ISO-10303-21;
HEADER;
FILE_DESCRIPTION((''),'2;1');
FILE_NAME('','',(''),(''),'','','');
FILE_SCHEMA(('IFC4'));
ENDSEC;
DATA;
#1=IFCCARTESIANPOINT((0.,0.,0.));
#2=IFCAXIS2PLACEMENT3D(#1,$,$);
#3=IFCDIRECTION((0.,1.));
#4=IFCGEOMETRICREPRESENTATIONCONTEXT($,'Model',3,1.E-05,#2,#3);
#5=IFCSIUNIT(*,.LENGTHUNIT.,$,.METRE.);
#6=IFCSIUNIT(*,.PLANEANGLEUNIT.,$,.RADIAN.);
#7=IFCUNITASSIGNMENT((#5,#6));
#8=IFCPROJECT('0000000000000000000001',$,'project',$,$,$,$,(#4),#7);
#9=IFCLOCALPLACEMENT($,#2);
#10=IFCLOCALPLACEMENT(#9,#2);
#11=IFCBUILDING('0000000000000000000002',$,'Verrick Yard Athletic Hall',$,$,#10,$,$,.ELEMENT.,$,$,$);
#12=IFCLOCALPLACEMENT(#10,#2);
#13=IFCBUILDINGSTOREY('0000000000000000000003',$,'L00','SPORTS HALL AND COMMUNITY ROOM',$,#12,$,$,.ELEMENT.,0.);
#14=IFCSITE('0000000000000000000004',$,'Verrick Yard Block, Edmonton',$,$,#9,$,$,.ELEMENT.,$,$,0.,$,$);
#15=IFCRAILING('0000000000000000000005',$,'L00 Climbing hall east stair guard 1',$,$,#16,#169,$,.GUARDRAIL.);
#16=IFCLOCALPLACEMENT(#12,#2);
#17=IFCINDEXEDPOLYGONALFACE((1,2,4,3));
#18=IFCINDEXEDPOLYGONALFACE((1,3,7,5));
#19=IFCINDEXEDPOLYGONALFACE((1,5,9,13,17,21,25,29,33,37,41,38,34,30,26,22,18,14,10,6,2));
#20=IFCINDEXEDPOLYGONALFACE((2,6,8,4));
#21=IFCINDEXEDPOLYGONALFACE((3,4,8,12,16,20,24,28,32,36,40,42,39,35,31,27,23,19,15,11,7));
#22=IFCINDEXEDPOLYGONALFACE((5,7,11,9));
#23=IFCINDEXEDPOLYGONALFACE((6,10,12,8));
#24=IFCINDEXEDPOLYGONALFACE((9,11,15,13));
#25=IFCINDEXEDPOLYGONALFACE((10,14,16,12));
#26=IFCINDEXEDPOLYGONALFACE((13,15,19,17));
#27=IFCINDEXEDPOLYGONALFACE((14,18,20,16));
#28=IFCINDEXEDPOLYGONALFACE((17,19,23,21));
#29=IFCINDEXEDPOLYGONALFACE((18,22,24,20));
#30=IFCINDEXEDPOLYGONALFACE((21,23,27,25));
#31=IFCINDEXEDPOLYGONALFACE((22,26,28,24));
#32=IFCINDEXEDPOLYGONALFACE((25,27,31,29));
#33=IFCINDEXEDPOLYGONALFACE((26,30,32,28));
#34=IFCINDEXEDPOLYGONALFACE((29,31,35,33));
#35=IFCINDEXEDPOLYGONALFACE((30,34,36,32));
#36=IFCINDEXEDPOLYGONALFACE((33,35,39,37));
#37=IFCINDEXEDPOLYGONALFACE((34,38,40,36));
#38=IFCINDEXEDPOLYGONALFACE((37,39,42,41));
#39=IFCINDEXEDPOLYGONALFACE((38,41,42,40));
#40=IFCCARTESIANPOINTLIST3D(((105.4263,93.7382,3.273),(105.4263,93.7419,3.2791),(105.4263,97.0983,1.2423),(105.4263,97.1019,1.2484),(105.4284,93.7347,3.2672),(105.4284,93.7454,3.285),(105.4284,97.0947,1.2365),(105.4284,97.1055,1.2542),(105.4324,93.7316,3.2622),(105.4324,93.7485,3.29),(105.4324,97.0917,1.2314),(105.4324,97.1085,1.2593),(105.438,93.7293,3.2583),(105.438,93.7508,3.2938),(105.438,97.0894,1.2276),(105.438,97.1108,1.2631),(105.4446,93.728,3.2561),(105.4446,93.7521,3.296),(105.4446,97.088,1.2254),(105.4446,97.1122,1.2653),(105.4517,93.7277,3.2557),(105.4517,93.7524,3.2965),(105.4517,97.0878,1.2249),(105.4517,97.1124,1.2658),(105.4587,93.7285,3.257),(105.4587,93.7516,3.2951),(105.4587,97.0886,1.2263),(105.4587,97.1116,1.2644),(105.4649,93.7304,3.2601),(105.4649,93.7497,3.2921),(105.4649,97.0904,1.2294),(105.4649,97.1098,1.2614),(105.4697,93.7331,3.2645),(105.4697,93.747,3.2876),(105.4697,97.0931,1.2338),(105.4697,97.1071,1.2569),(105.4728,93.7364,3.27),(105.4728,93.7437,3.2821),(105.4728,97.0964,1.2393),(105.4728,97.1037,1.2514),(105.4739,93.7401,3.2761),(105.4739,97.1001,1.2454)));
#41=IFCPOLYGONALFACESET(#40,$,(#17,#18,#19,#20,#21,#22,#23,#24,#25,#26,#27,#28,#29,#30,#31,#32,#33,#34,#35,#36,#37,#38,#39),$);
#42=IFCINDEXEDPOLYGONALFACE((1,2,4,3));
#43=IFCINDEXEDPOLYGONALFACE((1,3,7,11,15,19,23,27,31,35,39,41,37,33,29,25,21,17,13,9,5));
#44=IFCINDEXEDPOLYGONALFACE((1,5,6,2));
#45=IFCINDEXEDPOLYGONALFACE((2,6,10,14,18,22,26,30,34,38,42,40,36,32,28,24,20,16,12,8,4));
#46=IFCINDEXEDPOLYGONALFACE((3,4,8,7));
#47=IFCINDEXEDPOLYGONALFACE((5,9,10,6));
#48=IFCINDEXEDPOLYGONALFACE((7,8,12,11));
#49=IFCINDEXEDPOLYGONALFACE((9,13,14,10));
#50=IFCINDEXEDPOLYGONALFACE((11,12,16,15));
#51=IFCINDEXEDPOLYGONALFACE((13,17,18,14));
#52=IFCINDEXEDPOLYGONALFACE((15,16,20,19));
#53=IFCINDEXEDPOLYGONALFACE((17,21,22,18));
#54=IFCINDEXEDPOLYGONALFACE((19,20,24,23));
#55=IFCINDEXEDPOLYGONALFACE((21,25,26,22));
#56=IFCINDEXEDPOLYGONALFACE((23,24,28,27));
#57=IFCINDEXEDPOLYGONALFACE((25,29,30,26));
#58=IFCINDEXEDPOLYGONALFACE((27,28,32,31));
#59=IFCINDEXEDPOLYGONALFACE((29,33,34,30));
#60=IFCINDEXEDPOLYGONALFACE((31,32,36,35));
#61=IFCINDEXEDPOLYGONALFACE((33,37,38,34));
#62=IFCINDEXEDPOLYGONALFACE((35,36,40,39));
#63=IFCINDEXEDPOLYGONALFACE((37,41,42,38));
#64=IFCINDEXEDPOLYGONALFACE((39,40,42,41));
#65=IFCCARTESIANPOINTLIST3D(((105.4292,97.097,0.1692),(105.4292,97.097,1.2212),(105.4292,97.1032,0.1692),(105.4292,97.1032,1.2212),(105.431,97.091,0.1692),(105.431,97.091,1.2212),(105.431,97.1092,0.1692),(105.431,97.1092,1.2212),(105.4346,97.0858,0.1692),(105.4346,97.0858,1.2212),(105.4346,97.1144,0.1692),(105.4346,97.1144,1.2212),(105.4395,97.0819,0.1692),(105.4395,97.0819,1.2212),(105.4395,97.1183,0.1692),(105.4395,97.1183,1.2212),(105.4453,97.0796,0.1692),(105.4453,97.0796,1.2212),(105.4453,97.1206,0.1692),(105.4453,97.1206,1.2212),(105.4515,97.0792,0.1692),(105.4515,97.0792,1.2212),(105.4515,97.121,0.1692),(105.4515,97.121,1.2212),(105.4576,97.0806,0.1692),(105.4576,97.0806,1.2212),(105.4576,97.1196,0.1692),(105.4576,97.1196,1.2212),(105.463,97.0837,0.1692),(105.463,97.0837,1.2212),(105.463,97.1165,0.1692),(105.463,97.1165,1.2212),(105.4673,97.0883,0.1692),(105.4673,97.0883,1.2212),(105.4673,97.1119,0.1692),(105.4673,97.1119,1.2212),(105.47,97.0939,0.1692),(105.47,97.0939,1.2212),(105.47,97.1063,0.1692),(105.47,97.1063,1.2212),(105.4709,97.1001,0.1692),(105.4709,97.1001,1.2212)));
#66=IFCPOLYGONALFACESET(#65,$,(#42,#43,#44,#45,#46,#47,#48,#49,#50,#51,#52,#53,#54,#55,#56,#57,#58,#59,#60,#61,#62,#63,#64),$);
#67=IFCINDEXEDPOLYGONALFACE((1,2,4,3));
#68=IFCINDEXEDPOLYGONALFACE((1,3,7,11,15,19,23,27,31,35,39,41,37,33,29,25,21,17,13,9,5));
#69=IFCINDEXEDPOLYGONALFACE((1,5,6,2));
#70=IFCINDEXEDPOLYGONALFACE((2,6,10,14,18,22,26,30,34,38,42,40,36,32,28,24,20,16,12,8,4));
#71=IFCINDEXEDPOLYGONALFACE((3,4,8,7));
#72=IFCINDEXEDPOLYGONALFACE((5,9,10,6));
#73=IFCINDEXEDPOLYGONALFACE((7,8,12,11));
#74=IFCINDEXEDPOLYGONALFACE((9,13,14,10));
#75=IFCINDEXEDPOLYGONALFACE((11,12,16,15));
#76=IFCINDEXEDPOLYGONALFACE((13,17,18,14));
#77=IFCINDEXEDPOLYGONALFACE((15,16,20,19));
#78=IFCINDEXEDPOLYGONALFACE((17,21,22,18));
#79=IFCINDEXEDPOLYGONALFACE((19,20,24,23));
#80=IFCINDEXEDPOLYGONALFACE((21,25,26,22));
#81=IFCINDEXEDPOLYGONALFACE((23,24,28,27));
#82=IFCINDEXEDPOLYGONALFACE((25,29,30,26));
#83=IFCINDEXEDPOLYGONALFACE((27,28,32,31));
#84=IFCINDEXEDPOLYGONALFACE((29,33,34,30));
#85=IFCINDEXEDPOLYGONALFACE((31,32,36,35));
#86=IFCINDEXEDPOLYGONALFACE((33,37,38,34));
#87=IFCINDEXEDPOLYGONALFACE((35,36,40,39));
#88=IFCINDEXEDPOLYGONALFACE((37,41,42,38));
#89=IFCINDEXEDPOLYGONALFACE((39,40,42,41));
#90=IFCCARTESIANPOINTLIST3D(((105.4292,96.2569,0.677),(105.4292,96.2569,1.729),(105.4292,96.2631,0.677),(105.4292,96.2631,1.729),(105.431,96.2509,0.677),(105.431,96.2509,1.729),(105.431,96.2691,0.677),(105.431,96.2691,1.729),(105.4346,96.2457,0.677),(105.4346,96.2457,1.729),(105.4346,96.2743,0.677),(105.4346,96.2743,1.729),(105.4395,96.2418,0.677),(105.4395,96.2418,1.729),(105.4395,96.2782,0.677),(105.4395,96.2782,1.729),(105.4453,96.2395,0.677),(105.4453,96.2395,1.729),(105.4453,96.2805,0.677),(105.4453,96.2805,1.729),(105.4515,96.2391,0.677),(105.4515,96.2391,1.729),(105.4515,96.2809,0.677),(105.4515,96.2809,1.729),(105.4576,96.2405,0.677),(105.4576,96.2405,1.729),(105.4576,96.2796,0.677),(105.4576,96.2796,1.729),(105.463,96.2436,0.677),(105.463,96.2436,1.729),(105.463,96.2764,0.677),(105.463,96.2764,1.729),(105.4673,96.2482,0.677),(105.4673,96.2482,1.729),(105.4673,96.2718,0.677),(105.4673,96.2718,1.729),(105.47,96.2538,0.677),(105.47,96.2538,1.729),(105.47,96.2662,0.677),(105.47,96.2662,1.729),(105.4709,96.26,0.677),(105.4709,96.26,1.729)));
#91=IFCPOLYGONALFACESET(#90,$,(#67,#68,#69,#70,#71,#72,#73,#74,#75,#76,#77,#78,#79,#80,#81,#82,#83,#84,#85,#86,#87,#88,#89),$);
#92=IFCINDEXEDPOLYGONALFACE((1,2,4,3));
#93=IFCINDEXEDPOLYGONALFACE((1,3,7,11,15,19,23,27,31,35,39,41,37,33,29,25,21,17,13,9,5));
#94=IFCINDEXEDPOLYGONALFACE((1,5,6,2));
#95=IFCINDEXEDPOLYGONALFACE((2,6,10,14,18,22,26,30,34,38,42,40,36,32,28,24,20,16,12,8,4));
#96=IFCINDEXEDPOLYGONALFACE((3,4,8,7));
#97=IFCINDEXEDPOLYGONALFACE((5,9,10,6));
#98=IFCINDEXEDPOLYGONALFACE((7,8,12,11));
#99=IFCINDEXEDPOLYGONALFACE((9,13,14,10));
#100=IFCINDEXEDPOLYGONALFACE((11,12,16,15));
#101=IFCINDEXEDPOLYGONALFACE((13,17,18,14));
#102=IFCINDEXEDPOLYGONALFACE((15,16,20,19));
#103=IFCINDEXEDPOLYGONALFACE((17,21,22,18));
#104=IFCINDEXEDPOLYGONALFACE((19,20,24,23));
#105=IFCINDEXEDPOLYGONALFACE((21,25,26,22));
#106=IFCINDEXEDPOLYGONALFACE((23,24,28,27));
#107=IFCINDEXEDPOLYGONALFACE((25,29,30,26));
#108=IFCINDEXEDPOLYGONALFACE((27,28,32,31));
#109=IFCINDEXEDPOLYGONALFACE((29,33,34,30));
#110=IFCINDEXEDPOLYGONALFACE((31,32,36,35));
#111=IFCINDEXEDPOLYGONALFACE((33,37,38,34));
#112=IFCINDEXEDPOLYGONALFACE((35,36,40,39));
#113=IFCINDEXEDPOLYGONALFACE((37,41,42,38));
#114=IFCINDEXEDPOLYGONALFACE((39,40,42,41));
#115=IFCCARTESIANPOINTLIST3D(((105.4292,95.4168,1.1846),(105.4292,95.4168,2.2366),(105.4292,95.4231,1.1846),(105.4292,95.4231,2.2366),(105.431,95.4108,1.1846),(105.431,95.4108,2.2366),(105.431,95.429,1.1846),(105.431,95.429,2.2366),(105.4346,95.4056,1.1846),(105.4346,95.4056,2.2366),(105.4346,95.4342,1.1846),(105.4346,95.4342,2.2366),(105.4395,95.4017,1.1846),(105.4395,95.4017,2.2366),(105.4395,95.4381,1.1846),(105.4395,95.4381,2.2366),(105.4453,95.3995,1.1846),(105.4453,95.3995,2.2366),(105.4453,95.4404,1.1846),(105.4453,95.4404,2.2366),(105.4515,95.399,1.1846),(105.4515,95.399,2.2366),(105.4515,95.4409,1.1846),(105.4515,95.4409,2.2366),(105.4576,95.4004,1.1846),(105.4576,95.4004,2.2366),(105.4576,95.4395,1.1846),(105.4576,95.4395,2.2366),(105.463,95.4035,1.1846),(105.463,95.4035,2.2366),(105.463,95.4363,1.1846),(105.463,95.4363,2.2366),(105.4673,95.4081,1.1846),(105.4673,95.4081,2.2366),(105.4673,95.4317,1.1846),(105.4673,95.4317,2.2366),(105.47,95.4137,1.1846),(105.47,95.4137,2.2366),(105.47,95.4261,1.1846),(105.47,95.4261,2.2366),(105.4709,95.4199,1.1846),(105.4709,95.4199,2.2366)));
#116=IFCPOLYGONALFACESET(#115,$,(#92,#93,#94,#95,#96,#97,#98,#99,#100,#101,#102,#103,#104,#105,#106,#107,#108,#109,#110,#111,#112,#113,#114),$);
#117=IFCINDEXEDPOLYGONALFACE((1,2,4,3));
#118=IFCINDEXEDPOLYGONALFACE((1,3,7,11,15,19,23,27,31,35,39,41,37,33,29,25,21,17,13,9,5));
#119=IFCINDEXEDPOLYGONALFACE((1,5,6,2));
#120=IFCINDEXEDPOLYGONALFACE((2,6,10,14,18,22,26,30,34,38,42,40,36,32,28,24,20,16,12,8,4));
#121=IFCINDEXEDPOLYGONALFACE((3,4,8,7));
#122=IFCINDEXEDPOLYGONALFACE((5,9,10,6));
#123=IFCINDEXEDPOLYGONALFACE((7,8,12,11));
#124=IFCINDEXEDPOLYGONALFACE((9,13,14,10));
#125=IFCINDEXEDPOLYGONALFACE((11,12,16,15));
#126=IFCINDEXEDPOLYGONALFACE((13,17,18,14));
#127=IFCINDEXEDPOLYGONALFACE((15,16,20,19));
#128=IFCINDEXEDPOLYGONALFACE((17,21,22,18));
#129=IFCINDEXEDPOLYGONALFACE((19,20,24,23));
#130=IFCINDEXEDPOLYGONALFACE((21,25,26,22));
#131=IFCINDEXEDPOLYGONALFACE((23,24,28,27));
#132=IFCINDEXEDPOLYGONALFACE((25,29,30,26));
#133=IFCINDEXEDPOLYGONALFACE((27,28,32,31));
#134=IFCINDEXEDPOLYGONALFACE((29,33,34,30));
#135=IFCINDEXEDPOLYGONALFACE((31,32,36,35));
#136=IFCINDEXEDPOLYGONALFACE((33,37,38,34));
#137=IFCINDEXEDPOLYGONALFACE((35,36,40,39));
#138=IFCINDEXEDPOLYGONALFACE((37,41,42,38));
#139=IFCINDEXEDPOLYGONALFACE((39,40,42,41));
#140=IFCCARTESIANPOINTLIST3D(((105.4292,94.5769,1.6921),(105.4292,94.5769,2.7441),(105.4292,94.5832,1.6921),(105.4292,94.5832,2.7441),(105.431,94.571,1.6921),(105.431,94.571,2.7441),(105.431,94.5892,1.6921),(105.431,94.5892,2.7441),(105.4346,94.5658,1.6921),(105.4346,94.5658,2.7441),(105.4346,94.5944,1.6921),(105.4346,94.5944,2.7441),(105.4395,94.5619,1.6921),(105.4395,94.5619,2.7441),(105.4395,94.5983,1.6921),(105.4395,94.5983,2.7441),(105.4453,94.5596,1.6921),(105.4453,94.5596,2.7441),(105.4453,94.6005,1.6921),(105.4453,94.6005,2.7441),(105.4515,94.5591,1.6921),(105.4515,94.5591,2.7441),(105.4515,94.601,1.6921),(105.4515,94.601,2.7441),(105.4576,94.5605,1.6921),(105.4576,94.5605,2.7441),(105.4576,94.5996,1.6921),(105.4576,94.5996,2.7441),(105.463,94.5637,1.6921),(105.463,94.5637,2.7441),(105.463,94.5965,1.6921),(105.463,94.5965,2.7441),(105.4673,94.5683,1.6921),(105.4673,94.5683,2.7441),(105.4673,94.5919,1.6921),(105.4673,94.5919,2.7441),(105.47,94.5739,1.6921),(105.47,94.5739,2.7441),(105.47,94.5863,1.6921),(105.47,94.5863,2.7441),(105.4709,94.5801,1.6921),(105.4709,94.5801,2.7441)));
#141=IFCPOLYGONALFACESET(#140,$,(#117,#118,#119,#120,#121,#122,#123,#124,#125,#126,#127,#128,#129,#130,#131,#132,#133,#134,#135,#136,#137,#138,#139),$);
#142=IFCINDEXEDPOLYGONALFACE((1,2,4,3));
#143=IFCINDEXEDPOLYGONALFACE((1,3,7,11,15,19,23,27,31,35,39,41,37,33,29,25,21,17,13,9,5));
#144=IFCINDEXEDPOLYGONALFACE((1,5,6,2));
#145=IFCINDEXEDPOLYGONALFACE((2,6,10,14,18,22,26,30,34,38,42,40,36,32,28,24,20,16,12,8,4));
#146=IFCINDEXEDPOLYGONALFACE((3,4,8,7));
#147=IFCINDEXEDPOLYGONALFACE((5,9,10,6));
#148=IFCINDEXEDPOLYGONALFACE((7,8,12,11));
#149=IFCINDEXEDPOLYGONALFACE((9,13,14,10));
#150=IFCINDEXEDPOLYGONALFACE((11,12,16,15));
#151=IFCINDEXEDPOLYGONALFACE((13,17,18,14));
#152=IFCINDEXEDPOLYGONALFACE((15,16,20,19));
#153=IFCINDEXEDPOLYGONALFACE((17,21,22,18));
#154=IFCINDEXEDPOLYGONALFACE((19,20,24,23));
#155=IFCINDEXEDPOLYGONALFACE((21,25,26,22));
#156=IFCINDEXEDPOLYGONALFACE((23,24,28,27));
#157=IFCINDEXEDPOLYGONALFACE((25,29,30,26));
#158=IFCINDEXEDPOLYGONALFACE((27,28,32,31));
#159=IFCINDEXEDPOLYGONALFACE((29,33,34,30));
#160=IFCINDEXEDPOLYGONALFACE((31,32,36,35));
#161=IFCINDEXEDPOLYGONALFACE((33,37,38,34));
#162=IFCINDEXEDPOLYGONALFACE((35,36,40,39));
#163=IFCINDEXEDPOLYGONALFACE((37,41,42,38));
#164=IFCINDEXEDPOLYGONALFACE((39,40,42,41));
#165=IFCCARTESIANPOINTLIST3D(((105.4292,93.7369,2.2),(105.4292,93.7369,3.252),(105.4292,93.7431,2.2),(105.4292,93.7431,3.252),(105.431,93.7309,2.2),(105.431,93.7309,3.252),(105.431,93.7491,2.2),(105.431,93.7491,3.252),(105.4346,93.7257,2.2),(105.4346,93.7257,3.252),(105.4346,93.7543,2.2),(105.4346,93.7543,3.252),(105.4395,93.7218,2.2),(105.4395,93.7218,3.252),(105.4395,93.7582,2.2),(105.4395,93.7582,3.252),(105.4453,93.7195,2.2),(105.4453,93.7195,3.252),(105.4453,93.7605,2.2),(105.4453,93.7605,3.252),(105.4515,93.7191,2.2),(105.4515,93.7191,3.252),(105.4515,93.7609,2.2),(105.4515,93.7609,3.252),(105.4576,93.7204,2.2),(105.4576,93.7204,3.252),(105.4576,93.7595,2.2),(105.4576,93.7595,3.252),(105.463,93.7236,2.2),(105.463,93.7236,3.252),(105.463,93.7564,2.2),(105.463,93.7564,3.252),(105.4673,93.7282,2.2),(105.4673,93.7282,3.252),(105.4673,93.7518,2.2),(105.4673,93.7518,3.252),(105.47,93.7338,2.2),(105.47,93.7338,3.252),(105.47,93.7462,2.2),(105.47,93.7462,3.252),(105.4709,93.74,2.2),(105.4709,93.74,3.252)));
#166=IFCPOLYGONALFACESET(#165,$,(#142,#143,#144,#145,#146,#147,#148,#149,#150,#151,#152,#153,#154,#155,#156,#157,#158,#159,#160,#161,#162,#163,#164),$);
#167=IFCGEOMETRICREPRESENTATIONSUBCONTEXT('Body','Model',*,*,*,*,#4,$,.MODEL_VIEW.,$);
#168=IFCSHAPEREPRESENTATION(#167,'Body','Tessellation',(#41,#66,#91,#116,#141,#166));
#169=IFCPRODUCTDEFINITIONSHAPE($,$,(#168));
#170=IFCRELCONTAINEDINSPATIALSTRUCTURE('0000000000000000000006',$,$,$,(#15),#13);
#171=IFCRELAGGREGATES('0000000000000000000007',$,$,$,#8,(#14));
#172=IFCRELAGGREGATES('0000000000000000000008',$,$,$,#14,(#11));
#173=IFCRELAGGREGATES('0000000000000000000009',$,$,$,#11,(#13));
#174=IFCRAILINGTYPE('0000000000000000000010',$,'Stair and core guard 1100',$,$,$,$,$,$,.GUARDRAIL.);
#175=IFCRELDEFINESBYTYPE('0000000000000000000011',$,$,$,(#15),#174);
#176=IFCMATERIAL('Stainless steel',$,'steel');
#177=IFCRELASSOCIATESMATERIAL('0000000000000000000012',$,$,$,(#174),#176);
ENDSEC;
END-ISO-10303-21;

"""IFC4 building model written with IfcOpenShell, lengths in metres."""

from ifc_helpers import new_model, si_unit, direction, frame, origin, origin_2d, place, context, subcontext, project, spatial, circle, extrude, material, type_object, element, save


model = new_model("IFC4")

# Units and contexts
model_context = context("Model", 3, precision=1e-05, world=origin(), true_north=direction((0.0, 1.0)))
body_context = subcontext(model_context, "Body", "Model", "MODEL_VIEW")
ifc_project = project(units=[si_unit("LENGTHUNIT", "METRE"), si_unit("PLANEANGLEUNIT", "RADIAN")], contexts=[model_context])

# Site, building, storey
site_placement = place(None, origin())
site = spatial("IfcSite", under=ifc_project, at=site_placement, Name="Verrick Yard Block, Edmonton", CompositionType="ELEMENT", RefElevation=0.0)
building_placement = place(site_placement, origin())
building = spatial("IfcBuilding", under=site, at=building_placement, Name="Verrick Yard Athletic Hall", CompositionType="ELEMENT")
storey_placement = place(building_placement, origin())
storey = spatial("IfcBuildingStorey", under=building, at=storey_placement, Name="L00", Description="SPORTS HALL AND COMMUNITY ROOM", CompositionType="ELEMENT", Elevation=0.0)

# Railing
ifc_material_1 = material(Name="Stainless steel", Category="steel")
railing_type_1 = type_object("IfcRailingType", Name="Stair and core guard 1100", PredefinedType="GUARDRAIL", material=ifc_material_1)
railing_1_placement = place(storey_placement, frame((105.45, 97.1001, 0.1692)))
element("IfcRailing", 1, at=railing_1_placement, inside=storey, type_object=railing_type_1, Name="L00 Climbing hall east stair guard 1", PredefinedType="GUARDRAIL", context=body_context, shape_type="SweptSolid", body=[
    extrude(circle(Radius=0.0239, at=origin_2d()), frame((0.0, 0.0, 1.0762), z_axis=(0.0, -0.855837, 0.517246), x_axis=(1.0, 0.0, 0.0)), (0.0, 0.0, 1.0), 3.926),
    extrude(circle(Radius=0.021, at=origin_2d()), origin(), (0.0, 0.0, 1.0), 1.052),
    extrude(circle(Radius=0.021, at=origin_2d()), frame((0.0, -0.8401, 0.5078)), (0.0, 0.0, 1.0), 1.052),
    extrude(circle(Radius=0.021, at=origin_2d()), frame((0.0, -1.6802, 1.0154)), (0.0, 0.0, 1.0), 1.052),
    extrude(circle(Radius=0.021, at=origin_2d()), frame((0.0, -2.52, 1.5229)), (0.0, 0.0, 1.0), 1.052),
    extrude(circle(Radius=0.021, at=origin_2d()), frame((0.0, -3.3601, 2.0308)), (0.0, 0.0, 1.0), 1.052),
])

save(model, "model.ifc")
